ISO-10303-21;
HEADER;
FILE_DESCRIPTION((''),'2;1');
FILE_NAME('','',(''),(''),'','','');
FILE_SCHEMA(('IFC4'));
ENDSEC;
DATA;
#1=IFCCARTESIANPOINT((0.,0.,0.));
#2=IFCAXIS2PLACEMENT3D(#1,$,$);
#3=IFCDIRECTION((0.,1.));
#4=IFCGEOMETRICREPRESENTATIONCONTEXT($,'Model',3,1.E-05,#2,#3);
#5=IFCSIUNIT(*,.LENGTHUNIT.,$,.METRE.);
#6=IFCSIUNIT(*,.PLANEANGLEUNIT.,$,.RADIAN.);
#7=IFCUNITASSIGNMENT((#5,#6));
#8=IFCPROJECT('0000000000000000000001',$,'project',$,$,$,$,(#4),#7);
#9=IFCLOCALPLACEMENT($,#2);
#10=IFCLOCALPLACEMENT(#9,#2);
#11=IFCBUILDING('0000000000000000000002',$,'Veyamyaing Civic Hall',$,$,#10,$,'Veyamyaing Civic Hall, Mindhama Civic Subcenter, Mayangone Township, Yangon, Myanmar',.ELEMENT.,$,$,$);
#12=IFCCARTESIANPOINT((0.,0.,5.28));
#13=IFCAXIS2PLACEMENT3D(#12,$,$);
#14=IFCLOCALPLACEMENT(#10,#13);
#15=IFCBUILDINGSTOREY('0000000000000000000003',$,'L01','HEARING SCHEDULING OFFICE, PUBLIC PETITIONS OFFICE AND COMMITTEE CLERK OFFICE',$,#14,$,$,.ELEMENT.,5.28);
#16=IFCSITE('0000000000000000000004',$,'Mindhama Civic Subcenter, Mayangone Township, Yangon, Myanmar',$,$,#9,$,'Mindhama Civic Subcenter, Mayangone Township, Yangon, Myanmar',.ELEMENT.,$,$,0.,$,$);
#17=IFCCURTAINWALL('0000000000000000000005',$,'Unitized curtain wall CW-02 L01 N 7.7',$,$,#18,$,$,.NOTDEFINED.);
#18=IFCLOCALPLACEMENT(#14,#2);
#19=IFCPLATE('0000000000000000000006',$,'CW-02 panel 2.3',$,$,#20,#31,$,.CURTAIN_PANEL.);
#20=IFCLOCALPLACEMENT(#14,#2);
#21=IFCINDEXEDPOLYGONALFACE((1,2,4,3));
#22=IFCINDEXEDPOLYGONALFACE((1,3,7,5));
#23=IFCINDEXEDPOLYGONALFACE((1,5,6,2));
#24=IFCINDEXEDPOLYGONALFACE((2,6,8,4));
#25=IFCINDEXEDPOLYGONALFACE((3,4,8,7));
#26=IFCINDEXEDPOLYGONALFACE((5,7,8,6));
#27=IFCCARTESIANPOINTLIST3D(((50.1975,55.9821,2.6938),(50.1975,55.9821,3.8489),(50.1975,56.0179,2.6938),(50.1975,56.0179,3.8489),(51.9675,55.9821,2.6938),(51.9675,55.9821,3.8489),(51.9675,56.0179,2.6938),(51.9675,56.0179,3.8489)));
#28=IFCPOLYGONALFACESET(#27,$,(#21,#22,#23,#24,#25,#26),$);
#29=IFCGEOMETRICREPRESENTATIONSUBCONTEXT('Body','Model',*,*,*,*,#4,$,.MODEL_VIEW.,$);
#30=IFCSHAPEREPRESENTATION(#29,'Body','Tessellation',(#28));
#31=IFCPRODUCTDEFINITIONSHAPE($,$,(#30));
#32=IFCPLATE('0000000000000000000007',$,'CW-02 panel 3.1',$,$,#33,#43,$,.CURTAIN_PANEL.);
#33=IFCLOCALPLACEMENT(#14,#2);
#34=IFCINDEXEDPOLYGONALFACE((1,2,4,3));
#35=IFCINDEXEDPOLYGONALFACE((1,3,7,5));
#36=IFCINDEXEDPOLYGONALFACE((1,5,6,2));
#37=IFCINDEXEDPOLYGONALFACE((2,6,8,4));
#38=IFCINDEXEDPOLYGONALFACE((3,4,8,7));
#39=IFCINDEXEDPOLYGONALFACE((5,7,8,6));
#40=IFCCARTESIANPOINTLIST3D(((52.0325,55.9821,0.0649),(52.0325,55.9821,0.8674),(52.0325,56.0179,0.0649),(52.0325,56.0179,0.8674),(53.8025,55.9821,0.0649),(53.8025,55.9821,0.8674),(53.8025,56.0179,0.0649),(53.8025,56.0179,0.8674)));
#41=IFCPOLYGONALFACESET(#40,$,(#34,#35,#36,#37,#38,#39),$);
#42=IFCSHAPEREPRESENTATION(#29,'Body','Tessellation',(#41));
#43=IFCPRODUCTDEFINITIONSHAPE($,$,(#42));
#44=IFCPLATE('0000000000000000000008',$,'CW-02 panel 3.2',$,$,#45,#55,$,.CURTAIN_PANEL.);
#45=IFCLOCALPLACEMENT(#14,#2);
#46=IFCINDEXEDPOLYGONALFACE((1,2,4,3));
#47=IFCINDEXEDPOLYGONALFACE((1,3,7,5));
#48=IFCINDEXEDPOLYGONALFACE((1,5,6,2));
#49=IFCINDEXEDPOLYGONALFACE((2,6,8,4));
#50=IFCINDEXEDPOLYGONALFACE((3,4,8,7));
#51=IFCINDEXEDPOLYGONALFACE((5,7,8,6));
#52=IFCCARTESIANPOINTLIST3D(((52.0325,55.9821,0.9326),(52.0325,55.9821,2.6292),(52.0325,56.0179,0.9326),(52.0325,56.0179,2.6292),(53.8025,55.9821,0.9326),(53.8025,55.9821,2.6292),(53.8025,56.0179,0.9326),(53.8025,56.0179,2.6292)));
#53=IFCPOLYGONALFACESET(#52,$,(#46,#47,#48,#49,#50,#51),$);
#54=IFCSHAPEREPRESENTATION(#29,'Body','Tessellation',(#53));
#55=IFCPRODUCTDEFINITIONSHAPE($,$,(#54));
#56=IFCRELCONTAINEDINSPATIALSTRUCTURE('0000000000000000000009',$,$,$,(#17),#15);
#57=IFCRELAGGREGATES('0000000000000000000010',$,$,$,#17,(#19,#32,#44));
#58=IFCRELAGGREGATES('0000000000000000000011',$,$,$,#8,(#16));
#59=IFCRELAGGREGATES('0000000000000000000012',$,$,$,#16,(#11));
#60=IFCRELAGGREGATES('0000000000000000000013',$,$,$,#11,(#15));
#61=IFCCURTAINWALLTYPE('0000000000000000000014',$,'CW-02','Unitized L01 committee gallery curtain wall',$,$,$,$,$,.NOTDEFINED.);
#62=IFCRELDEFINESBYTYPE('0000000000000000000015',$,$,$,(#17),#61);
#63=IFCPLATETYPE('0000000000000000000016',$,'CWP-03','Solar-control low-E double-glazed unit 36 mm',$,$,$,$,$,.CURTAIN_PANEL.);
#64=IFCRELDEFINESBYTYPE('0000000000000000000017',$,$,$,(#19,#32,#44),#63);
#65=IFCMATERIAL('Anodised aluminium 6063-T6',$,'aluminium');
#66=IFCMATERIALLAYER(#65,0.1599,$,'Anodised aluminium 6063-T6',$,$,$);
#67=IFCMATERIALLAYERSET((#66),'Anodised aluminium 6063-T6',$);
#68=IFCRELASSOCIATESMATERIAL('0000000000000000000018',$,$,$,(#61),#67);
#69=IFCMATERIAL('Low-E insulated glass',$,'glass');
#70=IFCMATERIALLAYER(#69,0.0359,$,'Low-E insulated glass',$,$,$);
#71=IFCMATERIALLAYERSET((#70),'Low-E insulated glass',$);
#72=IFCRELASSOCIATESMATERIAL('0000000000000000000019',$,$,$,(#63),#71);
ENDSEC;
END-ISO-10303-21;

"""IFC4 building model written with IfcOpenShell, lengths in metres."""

from ifc_helpers import new_model, si_unit, direction, frame, origin, origin_2d, place, context, subcontext, project, spatial, rectangle, extrude, material, layer, layer_set, type_object, element, aggregate, save


model = new_model("IFC4")

# Units and contexts
model_context = context("Model", 3, precision=1e-05, world=origin(), true_north=direction((0.0, 1.0)))
body_context = subcontext(model_context, "Body", "Model", "MODEL_VIEW")
ifc_project = project(units=[si_unit("LENGTHUNIT", "METRE"), si_unit("PLANEANGLEUNIT", "RADIAN")], contexts=[model_context])

# Site, building, storey
site_placement = place(None, origin())
site = spatial("IfcSite", under=ifc_project, at=site_placement, Name="Mindhama Civic Subcenter, Mayangone Township, Yangon, Myanmar", LongName="Mindhama Civic Subcenter, Mayangone Township, Yangon, Myanmar", CompositionType="ELEMENT", RefElevation=0.0)
building_placement = place(site_placement, origin())
building = spatial("IfcBuilding", under=site, at=building_placement, Name="Veyamyaing Civic Hall", LongName="Veyamyaing Civic Hall, Mindhama Civic Subcenter, Mayangone Township, Yangon, Myanmar", CompositionType="ELEMENT")
storey_placement = place(building_placement, frame((0.0, 0.0, 5.28)))
storey = spatial("IfcBuildingStorey", under=building, at=storey_placement, Name="L01", Description="HEARING SCHEDULING OFFICE, PUBLIC PETITIONS OFFICE AND COMMITTEE CLERK OFFICE", CompositionType="ELEMENT", Elevation=5.28)

# Curtain wall
ifc_material_1 = material(Name="Anodised aluminium 6063-T6", Category="aluminium")
ifc_layer_1 = layer(ifc_material_1, 0.1599, Name="Anodised aluminium 6063-T6")
ifc_layer_set_1 = layer_set([ifc_layer_1], Name="Anodised aluminium 6063-T6")
curtain_wall_type = type_object("IfcCurtainWallType", Name="CW-02", Description="Unitized L01 committee gallery curtain wall", PredefinedType="NOTDEFINED", material=ifc_layer_set_1)
curtain_wall_1_placement = place(storey_placement, origin())
curtain_wall_1 = element("IfcCurtainWall", 1, at=curtain_wall_1_placement, inside=storey, type_object=curtain_wall_type, Name="Unitized curtain wall CW-02 L01 N 7.7", PredefinedType="NOTDEFINED")

# Plates
ifc_material_2 = material(Name="Low-E insulated glass", Category="glass")
ifc_layer_2 = layer(ifc_material_2, 0.0359, Name="Low-E insulated glass")
ifc_layer_set_2 = layer_set([ifc_layer_2], Name="Low-E insulated glass")
plate_type_1 = type_object("IfcPlateType", Name="CWP-03", Description="Solar-control low-E double-glazed unit 36 mm", PredefinedType="CURTAIN_PANEL", material=ifc_layer_set_2)
plate_1_placement = place(storey_placement, frame((51.0825, 56.0, 2.6938), z_axis=(0.0, 0.0, 1.0), x_axis=(1.0, 0.0, 0.0)))
plate_1 = element("IfcPlate", 2, at=plate_1_placement, type_object=plate_type_1, Name="CW-02 panel 2.3", PredefinedType="CURTAIN_PANEL", context=body_context, shape_type="SweptSolid", body=[
    extrude(rectangle(XDim=1.77, YDim=0.0359, at=origin_2d()), origin(), (0.0, 0.0, 1.0), 1.155),
])
plate_2_placement = place(storey_placement, frame((52.9175, 56.0, 0.0649), z_axis=(0.0, 0.0, 1.0), x_axis=(1.0, 0.0, 0.0)))
plate_2 = element("IfcPlate", 3, at=plate_2_placement, type_object=plate_type_1, Name="CW-02 panel 3.1", PredefinedType="CURTAIN_PANEL", context=body_context, shape_type="SweptSolid", body=[
    extrude(rectangle(XDim=1.77, YDim=0.0359, at=origin_2d()), origin(), (0.0, 0.0, 1.0), 0.8025),
])
plate_3_placement = place(storey_placement, frame((52.9175, 56.0, 0.9326), z_axis=(0.0, 0.0, 1.0), x_axis=(1.0, 0.0, 0.0)))
plate_3 = element("IfcPlate", 4, at=plate_3_placement, type_object=plate_type_1, Name="CW-02 panel 3.2", PredefinedType="CURTAIN_PANEL", context=body_context, shape_type="SweptSolid", body=[
    extrude(rectangle(XDim=1.77, YDim=0.0359, at=origin_2d()), origin(), (0.0, 0.0, 1.0), 1.6965),
])
aggregate(curtain_wall_1, [plate_1, plate_2, plate_3])

save(model, "model.ifc")
